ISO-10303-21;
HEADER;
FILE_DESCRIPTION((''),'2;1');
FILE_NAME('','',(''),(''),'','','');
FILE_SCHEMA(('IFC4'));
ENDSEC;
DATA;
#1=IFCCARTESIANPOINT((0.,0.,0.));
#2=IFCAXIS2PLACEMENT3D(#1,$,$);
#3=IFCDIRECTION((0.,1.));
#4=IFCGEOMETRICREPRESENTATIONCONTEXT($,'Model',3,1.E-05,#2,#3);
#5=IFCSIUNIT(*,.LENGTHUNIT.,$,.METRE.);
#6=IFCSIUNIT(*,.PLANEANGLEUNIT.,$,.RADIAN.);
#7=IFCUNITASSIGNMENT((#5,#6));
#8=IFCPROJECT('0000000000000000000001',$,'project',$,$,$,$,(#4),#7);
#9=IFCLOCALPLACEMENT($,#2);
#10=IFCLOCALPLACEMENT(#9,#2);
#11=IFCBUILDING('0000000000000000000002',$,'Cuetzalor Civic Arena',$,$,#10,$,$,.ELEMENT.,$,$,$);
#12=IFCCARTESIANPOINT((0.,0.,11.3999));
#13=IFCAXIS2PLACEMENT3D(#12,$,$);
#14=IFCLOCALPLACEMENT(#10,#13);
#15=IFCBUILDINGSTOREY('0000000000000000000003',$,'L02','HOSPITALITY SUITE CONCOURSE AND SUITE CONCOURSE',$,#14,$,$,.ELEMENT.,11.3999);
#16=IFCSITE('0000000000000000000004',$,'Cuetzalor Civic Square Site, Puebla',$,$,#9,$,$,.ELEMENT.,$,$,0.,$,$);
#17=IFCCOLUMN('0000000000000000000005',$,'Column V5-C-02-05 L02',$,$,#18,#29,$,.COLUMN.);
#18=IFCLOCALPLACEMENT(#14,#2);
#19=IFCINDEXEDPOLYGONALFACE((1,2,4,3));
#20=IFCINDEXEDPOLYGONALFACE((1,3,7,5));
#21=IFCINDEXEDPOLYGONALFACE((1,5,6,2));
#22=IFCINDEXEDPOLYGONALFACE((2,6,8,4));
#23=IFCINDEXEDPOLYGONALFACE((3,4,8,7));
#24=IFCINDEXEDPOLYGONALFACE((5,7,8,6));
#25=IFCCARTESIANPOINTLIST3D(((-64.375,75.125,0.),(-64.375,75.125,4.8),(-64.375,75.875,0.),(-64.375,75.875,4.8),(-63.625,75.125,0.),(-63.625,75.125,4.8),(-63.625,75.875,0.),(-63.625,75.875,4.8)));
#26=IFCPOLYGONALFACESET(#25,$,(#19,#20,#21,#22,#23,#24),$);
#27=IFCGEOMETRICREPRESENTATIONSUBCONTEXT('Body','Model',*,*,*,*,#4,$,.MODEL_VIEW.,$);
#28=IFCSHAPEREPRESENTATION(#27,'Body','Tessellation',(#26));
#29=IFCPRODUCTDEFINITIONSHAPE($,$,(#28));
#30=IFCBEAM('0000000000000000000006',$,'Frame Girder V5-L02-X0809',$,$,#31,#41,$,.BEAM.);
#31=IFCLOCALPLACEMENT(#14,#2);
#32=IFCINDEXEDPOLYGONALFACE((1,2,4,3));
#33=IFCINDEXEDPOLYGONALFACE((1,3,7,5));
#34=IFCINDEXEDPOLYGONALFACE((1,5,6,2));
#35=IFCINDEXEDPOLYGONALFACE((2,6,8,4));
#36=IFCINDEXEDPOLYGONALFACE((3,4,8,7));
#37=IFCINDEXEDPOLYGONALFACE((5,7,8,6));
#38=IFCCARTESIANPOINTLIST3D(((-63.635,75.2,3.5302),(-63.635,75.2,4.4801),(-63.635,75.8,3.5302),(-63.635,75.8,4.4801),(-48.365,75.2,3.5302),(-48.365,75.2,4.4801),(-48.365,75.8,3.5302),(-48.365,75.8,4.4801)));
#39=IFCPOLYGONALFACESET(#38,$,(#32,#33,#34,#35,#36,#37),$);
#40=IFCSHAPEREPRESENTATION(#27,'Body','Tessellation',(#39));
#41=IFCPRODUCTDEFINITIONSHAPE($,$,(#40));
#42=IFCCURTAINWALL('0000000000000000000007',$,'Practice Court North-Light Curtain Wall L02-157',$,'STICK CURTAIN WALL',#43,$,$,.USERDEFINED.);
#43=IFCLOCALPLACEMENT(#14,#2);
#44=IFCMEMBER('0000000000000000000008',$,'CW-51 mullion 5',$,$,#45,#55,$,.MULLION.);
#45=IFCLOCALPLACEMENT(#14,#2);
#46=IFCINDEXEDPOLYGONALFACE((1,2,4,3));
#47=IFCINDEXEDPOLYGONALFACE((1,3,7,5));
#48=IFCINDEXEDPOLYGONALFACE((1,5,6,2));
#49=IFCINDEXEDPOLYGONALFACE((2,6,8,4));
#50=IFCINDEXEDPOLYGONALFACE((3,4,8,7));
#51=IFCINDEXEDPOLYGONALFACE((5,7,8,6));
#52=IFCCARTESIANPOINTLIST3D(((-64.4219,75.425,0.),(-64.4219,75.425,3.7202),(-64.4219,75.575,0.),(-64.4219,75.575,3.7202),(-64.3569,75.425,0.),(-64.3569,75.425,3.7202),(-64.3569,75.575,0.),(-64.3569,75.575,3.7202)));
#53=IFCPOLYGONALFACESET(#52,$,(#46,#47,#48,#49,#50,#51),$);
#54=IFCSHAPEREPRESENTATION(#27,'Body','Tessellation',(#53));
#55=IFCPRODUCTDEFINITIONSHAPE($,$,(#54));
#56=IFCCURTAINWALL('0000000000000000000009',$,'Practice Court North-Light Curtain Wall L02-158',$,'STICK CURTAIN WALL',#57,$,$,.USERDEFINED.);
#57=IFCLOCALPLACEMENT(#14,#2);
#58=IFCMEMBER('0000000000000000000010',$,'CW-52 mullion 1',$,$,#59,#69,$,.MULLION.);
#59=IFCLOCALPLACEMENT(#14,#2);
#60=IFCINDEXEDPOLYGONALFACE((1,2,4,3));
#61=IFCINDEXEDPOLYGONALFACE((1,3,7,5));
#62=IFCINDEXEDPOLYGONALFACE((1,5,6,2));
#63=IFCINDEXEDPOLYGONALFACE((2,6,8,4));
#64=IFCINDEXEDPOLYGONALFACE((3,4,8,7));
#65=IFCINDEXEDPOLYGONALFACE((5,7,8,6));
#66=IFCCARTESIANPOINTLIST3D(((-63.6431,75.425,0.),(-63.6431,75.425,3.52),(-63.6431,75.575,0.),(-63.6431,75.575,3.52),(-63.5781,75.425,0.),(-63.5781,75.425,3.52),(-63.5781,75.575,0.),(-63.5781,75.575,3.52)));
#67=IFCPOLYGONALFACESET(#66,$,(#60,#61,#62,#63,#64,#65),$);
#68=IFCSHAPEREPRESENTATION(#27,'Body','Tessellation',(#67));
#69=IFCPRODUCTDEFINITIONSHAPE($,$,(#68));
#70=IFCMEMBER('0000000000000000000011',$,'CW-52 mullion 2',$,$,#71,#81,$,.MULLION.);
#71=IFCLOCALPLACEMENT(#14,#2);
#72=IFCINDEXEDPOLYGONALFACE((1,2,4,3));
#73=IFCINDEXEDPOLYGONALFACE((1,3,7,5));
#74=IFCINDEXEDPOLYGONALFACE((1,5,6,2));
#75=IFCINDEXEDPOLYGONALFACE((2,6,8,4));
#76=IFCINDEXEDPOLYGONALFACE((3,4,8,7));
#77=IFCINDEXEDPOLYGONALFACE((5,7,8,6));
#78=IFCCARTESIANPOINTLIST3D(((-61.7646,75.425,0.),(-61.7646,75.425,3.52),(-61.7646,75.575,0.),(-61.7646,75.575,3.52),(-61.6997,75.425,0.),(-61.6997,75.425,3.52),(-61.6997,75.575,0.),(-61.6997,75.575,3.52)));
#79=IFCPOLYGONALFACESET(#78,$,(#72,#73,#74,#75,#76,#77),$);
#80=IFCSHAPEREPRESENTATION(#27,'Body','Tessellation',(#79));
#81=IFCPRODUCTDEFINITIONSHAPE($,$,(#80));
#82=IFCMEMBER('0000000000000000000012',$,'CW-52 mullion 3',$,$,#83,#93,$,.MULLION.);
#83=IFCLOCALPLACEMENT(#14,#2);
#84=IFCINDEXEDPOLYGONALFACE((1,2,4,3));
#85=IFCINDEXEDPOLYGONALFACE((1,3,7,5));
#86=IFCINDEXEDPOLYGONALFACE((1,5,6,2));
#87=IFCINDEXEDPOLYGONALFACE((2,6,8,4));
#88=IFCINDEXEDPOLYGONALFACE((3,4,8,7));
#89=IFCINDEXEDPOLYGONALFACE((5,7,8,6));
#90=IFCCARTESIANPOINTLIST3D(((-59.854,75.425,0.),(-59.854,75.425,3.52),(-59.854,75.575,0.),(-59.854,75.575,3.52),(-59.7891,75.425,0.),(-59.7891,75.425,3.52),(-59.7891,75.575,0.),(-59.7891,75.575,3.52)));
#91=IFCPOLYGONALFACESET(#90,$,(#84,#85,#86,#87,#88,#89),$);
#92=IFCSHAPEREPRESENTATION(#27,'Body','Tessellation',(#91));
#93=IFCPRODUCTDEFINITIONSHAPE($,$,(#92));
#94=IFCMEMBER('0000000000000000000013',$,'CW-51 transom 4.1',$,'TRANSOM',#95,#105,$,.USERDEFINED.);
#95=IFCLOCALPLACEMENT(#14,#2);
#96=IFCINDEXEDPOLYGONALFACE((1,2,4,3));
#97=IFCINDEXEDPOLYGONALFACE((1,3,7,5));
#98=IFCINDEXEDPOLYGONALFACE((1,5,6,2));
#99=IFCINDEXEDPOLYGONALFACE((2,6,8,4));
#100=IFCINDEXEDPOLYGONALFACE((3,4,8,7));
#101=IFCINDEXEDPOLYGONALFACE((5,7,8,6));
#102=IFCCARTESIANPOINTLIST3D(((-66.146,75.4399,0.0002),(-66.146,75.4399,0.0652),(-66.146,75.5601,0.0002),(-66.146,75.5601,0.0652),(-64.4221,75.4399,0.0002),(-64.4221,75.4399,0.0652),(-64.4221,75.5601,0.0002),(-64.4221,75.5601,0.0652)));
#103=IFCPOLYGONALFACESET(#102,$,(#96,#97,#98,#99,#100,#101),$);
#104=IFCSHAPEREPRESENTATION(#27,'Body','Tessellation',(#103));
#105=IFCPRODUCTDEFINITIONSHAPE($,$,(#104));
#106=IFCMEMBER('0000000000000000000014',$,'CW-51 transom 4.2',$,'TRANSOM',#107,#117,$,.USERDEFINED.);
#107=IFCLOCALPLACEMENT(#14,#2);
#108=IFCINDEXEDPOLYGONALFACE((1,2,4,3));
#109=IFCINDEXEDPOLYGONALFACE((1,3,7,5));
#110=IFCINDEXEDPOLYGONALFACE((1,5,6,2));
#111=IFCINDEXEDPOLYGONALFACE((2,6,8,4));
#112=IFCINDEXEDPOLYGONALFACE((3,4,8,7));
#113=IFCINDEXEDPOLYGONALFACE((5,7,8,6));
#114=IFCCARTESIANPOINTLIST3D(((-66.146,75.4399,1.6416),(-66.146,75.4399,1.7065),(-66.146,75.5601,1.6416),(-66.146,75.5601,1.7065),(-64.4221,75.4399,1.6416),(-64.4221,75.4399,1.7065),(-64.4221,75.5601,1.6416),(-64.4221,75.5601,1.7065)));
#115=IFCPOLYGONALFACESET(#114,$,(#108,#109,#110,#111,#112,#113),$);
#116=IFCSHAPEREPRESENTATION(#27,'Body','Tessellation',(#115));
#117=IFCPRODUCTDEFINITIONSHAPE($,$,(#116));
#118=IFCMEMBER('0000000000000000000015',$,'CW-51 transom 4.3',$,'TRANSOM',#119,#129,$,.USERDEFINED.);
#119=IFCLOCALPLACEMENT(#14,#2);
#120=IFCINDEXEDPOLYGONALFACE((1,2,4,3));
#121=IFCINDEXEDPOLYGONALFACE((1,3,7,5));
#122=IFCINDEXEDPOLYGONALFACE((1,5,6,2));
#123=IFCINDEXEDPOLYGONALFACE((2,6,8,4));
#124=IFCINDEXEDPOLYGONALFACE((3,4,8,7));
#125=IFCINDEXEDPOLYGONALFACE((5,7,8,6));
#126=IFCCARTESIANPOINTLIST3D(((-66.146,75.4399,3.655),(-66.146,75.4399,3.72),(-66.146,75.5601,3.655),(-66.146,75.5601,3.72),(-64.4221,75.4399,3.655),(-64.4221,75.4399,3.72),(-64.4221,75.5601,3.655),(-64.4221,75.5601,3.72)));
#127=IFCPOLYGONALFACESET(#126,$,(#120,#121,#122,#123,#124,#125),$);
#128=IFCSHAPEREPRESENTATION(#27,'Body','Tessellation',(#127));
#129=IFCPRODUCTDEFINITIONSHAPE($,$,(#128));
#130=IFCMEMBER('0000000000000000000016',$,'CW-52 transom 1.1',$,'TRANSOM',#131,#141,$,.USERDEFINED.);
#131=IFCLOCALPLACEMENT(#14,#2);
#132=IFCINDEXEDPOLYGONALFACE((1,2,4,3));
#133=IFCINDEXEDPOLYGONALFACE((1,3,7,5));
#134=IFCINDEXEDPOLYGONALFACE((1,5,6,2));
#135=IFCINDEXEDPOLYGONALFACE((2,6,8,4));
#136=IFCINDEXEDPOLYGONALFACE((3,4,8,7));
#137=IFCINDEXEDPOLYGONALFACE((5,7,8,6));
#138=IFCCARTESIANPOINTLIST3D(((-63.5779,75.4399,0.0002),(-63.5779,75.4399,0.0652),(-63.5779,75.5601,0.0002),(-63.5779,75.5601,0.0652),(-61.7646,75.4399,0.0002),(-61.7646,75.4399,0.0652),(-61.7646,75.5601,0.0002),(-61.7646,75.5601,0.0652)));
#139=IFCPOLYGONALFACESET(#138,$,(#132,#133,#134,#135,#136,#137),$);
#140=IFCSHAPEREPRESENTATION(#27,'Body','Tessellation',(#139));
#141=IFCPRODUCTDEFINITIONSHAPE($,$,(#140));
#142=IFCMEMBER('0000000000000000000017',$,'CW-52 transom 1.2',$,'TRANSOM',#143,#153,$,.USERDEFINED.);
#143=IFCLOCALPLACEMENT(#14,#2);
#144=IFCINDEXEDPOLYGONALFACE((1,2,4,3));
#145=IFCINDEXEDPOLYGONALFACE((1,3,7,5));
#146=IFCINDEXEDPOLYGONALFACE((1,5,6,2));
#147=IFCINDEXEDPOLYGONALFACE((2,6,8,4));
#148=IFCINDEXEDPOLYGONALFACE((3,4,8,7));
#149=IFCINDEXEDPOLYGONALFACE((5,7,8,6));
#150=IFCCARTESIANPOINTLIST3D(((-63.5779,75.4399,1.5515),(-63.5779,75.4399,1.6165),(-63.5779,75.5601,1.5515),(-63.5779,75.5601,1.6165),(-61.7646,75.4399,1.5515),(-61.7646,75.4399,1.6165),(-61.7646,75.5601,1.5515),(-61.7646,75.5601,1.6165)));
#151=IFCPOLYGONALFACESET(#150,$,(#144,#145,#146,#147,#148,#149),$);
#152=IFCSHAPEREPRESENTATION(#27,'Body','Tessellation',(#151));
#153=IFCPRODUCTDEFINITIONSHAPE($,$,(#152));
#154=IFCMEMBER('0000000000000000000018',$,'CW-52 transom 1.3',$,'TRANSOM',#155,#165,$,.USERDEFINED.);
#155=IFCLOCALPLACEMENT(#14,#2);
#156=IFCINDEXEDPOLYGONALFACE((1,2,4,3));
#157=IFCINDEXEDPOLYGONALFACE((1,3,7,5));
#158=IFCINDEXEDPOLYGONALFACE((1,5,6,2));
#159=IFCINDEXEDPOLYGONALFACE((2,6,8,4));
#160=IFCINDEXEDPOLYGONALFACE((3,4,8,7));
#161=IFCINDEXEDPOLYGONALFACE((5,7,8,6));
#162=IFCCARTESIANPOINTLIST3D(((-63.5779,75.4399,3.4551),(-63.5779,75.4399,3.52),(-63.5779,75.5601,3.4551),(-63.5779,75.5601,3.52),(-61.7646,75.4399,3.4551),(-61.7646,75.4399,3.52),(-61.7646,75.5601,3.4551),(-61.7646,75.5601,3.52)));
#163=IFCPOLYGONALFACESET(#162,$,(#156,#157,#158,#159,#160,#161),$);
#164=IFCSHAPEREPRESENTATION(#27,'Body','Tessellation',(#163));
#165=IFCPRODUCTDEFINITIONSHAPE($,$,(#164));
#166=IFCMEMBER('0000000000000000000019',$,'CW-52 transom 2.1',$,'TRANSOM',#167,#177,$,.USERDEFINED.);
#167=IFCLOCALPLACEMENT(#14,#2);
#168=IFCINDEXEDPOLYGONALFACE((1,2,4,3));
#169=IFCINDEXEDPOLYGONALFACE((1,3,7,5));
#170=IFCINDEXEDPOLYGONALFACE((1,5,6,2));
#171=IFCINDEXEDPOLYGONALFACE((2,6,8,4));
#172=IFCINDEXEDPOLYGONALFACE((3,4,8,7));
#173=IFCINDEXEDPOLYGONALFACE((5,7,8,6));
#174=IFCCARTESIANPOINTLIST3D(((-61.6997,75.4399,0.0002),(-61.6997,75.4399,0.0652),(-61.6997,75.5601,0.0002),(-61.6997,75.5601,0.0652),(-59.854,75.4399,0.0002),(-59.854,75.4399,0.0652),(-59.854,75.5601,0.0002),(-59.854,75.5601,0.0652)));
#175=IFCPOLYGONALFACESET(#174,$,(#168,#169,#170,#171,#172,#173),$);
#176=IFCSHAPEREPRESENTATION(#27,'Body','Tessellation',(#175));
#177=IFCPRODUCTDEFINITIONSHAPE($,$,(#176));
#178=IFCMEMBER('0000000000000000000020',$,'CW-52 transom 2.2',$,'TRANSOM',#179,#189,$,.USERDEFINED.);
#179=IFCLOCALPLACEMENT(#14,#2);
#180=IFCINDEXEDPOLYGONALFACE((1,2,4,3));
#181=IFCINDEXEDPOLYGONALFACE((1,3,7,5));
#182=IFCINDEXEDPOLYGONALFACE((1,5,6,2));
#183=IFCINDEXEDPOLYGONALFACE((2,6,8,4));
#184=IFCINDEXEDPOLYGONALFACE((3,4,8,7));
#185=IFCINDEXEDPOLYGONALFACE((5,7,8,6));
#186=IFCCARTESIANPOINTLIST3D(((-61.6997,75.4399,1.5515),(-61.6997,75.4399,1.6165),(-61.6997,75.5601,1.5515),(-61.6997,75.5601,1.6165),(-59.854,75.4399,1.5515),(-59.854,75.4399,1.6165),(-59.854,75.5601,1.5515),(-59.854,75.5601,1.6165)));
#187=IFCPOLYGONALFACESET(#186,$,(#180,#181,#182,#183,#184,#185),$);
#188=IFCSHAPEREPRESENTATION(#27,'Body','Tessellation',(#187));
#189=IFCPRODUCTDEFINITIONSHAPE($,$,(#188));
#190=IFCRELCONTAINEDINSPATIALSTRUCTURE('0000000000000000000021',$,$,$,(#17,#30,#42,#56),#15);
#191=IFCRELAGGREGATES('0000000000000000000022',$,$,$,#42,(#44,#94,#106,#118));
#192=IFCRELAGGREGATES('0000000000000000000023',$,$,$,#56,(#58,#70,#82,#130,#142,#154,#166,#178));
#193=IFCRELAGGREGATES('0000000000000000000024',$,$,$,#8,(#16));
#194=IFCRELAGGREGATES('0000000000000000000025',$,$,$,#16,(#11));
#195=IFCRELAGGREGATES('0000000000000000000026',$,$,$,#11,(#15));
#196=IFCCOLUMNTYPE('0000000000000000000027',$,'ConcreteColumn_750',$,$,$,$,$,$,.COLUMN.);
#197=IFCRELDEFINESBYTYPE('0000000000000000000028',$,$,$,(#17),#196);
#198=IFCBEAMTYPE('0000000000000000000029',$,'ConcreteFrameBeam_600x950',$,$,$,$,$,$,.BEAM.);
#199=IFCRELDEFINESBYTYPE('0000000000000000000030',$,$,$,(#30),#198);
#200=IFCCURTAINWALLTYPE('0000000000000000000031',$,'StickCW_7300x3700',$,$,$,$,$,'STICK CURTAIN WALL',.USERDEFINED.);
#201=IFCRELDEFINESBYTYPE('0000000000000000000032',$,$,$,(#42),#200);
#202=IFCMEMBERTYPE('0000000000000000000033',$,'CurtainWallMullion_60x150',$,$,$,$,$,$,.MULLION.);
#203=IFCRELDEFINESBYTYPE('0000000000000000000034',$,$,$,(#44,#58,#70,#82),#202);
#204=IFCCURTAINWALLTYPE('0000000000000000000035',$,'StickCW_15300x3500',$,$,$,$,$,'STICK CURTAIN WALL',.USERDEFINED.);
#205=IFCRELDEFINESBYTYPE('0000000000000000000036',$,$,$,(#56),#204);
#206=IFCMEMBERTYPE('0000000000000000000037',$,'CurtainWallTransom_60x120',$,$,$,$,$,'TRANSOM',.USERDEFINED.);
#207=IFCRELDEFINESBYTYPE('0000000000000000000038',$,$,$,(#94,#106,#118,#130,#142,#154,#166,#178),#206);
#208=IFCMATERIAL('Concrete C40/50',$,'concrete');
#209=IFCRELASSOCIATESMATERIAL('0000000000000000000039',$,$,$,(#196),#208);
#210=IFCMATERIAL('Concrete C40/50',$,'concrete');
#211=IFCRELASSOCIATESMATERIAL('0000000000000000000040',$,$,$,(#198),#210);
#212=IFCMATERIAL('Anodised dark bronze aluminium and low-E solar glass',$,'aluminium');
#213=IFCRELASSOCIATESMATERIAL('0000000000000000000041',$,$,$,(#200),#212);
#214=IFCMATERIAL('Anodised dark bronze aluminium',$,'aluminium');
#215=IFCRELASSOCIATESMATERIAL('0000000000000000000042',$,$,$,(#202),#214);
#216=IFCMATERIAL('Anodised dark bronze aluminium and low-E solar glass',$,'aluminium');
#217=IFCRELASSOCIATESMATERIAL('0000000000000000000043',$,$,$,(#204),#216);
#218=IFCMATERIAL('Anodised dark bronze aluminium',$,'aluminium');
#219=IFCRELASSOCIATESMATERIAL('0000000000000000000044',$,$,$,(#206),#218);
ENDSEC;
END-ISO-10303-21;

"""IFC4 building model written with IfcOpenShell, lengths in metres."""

from ifc_helpers import new_model, si_unit, direction, frame, origin, origin_2d, place, context, subcontext, project, spatial, rectangle, extrude, material, material_profile, profile_set, type_object, element, aggregate, save


model = new_model("IFC4")

# Units and contexts
model_context = context("Model", 3, precision=1e-05, world=origin(), true_north=direction((0.0, 1.0)))
body_context = subcontext(model_context, "Body", "Model", "MODEL_VIEW")
ifc_project = project(units=[si_unit("LENGTHUNIT", "METRE"), si_unit("PLANEANGLEUNIT", "RADIAN")], contexts=[model_context])

# Site, building, storey
site_placement = place(None, origin())
site = spatial("IfcSite", under=ifc_project, at=site_placement, Name="Cuetzalor Civic Square Site, Puebla", CompositionType="ELEMENT", RefElevation=0.0)
building_placement = place(site_placement, origin())
building = spatial("IfcBuilding", under=site, at=building_placement, Name="Cuetzalor Civic Arena", CompositionType="ELEMENT")
storey_placement = place(building_placement, frame((0.0, 0.0, 11.3999)))
storey = spatial("IfcBuildingStorey", under=building, at=storey_placement, Name="L02", Description="HOSPITALITY SUITE CONCOURSE AND SUITE CONCOURSE", CompositionType="ELEMENT", Elevation=11.3999)

# Column
ifc_material_1 = material(Name="Concrete C40/50", Category="concrete")
ifc_material_profile_1 = material_profile(ifc_material_1, rectangle(XDim=0.75, YDim=0.75, at=origin_2d()), Name="RC 750x750")
ifc_profile_set_1 = profile_set([ifc_material_profile_1], Name="Concrete C40/50")
column_type = type_object("IfcColumnType", Name="ConcreteColumn_750", PredefinedType="COLUMN", material=ifc_profile_set_1)
column_placement = place(storey_placement, frame((-64.0, 75.5, 0.0), z_axis=(0.0, 0.0, 1.0), x_axis=(1.0, 0.0, 0.0)))
element("IfcColumn", 1, at=column_placement, inside=storey, type_object=column_type, Name="Column V5-C-02-05 L02", PredefinedType="COLUMN", context=body_context, shape_type="SweptSolid", body=[
    extrude(rectangle(XDim=0.75, YDim=0.75, at=origin_2d()), origin(), (0.0, 0.0, 1.0), 4.8),
])

# Beam
ifc_material_2 = material(Name="Concrete C40/50", Category="concrete")
ifc_material_profile_2 = material_profile(ifc_material_2, rectangle(XDim=0.6001, YDim=0.95, at=origin_2d()), Name="RC 600x950")
ifc_profile_set_2 = profile_set([ifc_material_profile_2], Name="Concrete C40/50")
beam_type = type_object("IfcBeamType", Name="ConcreteFrameBeam_600x950", PredefinedType="BEAM", material=ifc_profile_set_2)
beam_placement = place(storey_placement, frame((-63.635, 75.5, 4.0051), z_axis=(1.0, 0.0, 0.0), x_axis=(0.0, 1.0, 0.0)))
element("IfcBeam", 2, at=beam_placement, inside=storey, type_object=beam_type, Name="Frame Girder V5-L02-X0809", PredefinedType="BEAM", context=body_context, shape_type="SweptSolid", body=[
    extrude(rectangle(XDim=0.6001, YDim=0.95, at=origin_2d()), origin(), (0.0, 0.0, 1.0), 15.27),
])

# Curtain wall, member
ifc_material_3 = material(Name="Anodised dark bronze aluminium and low-E solar glass", Category="aluminium")
curtain_wall_type_1 = type_object("IfcCurtainWallType", Name="StickCW_7300x3700", ElementType="STICK CURTAIN WALL", PredefinedType="USERDEFINED", material=ifc_material_3)
curtain_wall_1_placement = place(storey_placement, origin())
curtain_wall_1 = element("IfcCurtainWall", 3, at=curtain_wall_1_placement, inside=storey, type_object=curtain_wall_type_1, Name="Practice Court North-Light Curtain Wall L02-157", ObjectType="STICK CURTAIN WALL", PredefinedType="USERDEFINED")
ifc_material_4 = material(Name="Anodised dark bronze aluminium", Category="aluminium")
ifc_material_profile_3 = material_profile(ifc_material_4, rectangle(XDim=0.0649, YDim=0.1499, at=origin_2d()), Name="ALU MULLION 65x150")
ifc_profile_set_3 = profile_set([ifc_material_profile_3], Name="Anodised dark bronze aluminium")
member_type_1 = type_object("IfcMemberType", Name="CurtainWallMullion_60x150", PredefinedType="MULLION", material=ifc_profile_set_3)
member_1_placement = place(storey_placement, frame((-64.3894, 75.5, 0.0), z_axis=(0.0, 0.0, 1.0), x_axis=(1.0, 0.0, 0.0)))
member_1 = element("IfcMember", 4, at=member_1_placement, type_object=member_type_1, Name="CW-51 mullion 5", PredefinedType="MULLION", context=body_context, shape_type="SweptSolid", body=[
    extrude(rectangle(XDim=0.0649, YDim=0.1499, at=origin_2d()), origin(), (0.0, 0.0, 1.0), 3.7202),
])

# Curtain wall, members
ifc_material_5 = material(Name="Anodised dark bronze aluminium and low-E solar glass", Category="aluminium")
curtain_wall_type_2 = type_object("IfcCurtainWallType", Name="StickCW_15300x3500", ElementType="STICK CURTAIN WALL", PredefinedType="USERDEFINED", material=ifc_material_5)
curtain_wall_2_placement = place(storey_placement, origin())
curtain_wall_2 = element("IfcCurtainWall", 5, at=curtain_wall_2_placement, inside=storey, type_object=curtain_wall_type_2, Name="Practice Court North-Light Curtain Wall L02-158", ObjectType="STICK CURTAIN WALL", PredefinedType="USERDEFINED")
member_2_placement = place(storey_placement, frame((-63.6106, 75.5, 0.0), z_axis=(0.0, 0.0, 1.0), x_axis=(1.0, 0.0, 0.0)))
member_2 = element("IfcMember", 6, at=member_2_placement, type_object=member_type_1, Name="CW-52 mullion 1", PredefinedType="MULLION", context=body_context, shape_type="SweptSolid", body=[
    extrude(rectangle(XDim=0.0649, YDim=0.1499, at=origin_2d()), origin(), (0.0, 0.0, 1.0), 3.52),
])
member_3_placement = place(storey_placement, frame((-61.7322, 75.5, 0.0), z_axis=(0.0, 0.0, 1.0), x_axis=(1.0, 0.0, 0.0)))
member_3 = element("IfcMember", 7, at=member_3_placement, type_object=member_type_1, Name="CW-52 mullion 2", PredefinedType="MULLION", context=body_context, shape_type="SweptSolid", body=[
    extrude(rectangle(XDim=0.0649, YDim=0.1499, at=origin_2d()), origin(), (0.0, 0.0, 1.0), 3.52),
])
member_4_placement = place(storey_placement, frame((-59.8215, 75.5, 0.0), z_axis=(0.0, 0.0, 1.0), x_axis=(1.0, 0.0, 0.0)))
member_4 = element("IfcMember", 8, at=member_4_placement, type_object=member_type_1, Name="CW-52 mullion 3", PredefinedType="MULLION", context=body_context, shape_type="SweptSolid", body=[
    extrude(rectangle(XDim=0.0649, YDim=0.1499, at=origin_2d()), origin(), (0.0, 0.0, 1.0), 3.52),
])

# Members
ifc_material_6 = material(Name="Anodised dark bronze aluminium", Category="aluminium")
ifc_material_profile_4 = material_profile(ifc_material_6, rectangle(XDim=0.1201, YDim=0.0649, at=origin_2d()), Name="ALU TRANSOM 65x120")
ifc_profile_set_4 = profile_set([ifc_material_profile_4], Name="Anodised dark bronze aluminium")
member_type_2 = type_object("IfcMemberType", Name="CurtainWallTransom_60x120", ElementType="TRANSOM", PredefinedType="USERDEFINED", material=ifc_profile_set_4)
member_5_placement = place(storey_placement, frame((-66.146, 75.5, 0.0327), z_axis=(1.0, 0.0, 0.0), x_axis=(0.0, 1.0, 0.0)))
member_5 = element("IfcMember", 9, at=member_5_placement, type_object=member_type_2, Name="CW-51 transom 4.1", ObjectType="TRANSOM", PredefinedType="USERDEFINED", context=body_context, shape_type="SweptSolid", body=[
    extrude(rectangle(XDim=0.1201, YDim=0.0649, at=origin_2d()), origin(), (0.0, 0.0, 1.0), 1.7239),
])
member_6_placement = place(storey_placement, frame((-66.146, 75.5, 1.6741), z_axis=(1.0, 0.0, 0.0), x_axis=(0.0, 1.0, 0.0)))
member_6 = element("IfcMember", 10, at=member_6_placement, type_object=member_type_2, Name="CW-51 transom 4.2", ObjectType="TRANSOM", PredefinedType="USERDEFINED", context=body_context, shape_type="SweptSolid", body=[
    extrude(rectangle(XDim=0.1201, YDim=0.0649, at=origin_2d()), origin(), (0.0, 0.0, 1.0), 1.7239),
])
member_7_placement = place(storey_placement, frame((-66.146, 75.5, 3.6875), z_axis=(1.0, 0.0, 0.0), x_axis=(0.0, 1.0, 0.0)))
member_7 = element("IfcMember", 11, at=member_7_placement, type_object=member_type_2, Name="CW-51 transom 4.3", ObjectType="TRANSOM", PredefinedType="USERDEFINED", context=body_context, shape_type="SweptSolid", body=[
    extrude(rectangle(XDim=0.1201, YDim=0.0649, at=origin_2d()), origin(), (0.0, 0.0, 1.0), 1.7239),
])
member_8_placement = place(storey_placement, frame((-63.5779, 75.5, 0.0327), z_axis=(1.0, 0.0, 0.0), x_axis=(0.0, 1.0, 0.0)))
member_8 = element("IfcMember", 12, at=member_8_placement, type_object=member_type_2, Name="CW-52 transom 1.1", ObjectType="TRANSOM", PredefinedType="USERDEFINED", context=body_context, shape_type="SweptSolid", body=[
    extrude(rectangle(XDim=0.1201, YDim=0.0649, at=origin_2d()), origin(), (0.0, 0.0, 1.0), 1.8132),
])
member_9_placement = place(storey_placement, frame((-63.5779, 75.5, 1.584), z_axis=(1.0, 0.0, 0.0), x_axis=(0.0, 1.0, 0.0)))
member_9 = element("IfcMember", 13, at=member_9_placement, type_object=member_type_2, Name="CW-52 transom 1.2", ObjectType="TRANSOM", PredefinedType="USERDEFINED", context=body_context, shape_type="SweptSolid", body=[
    extrude(rectangle(XDim=0.1201, YDim=0.0649, at=origin_2d()), origin(), (0.0, 0.0, 1.0), 1.8132),
])
member_10_placement = place(storey_placement, frame((-63.5779, 75.5, 3.4875), z_axis=(1.0, 0.0, 0.0), x_axis=(0.0, 1.0, 0.0)))
member_10 = element("IfcMember", 14, at=member_10_placement, type_object=member_type_2, Name="CW-52 transom 1.3", ObjectType="TRANSOM", PredefinedType="USERDEFINED", context=body_context, shape_type="SweptSolid", body=[
    extrude(rectangle(XDim=0.1201, YDim=0.0649, at=origin_2d()), origin(), (0.0, 0.0, 1.0), 1.8132),
])
member_11_placement = place(storey_placement, frame((-61.6997, 75.5, 0.0327), z_axis=(1.0, 0.0, 0.0), x_axis=(0.0, 1.0, 0.0)))
member_11 = element("IfcMember", 15, at=member_11_placement, type_object=member_type_2, Name="CW-52 transom 2.1", ObjectType="TRANSOM", PredefinedType="USERDEFINED", context=body_context, shape_type="SweptSolid", body=[
    extrude(rectangle(XDim=0.1201, YDim=0.0649, at=origin_2d()), origin(), (0.0, 0.0, 1.0), 1.8457),
])
member_12_placement = place(storey_placement, frame((-61.6997, 75.5, 1.584), z_axis=(1.0, 0.0, 0.0), x_axis=(0.0, 1.0, 0.0)))
member_12 = element("IfcMember", 16, at=member_12_placement, type_object=member_type_2, Name="CW-52 transom 2.2", ObjectType="TRANSOM", PredefinedType="USERDEFINED", context=body_context, shape_type="SweptSolid", body=[
    extrude(rectangle(XDim=0.1201, YDim=0.0649, at=origin_2d()), origin(), (0.0, 0.0, 1.0), 1.8457),
])

aggregate(curtain_wall_1, [member_1, member_5, member_6, member_7])
aggregate(curtain_wall_2, [member_2, member_3, member_4, member_8, member_9, member_10, member_11, member_12])

save(model, "model.ifc")
